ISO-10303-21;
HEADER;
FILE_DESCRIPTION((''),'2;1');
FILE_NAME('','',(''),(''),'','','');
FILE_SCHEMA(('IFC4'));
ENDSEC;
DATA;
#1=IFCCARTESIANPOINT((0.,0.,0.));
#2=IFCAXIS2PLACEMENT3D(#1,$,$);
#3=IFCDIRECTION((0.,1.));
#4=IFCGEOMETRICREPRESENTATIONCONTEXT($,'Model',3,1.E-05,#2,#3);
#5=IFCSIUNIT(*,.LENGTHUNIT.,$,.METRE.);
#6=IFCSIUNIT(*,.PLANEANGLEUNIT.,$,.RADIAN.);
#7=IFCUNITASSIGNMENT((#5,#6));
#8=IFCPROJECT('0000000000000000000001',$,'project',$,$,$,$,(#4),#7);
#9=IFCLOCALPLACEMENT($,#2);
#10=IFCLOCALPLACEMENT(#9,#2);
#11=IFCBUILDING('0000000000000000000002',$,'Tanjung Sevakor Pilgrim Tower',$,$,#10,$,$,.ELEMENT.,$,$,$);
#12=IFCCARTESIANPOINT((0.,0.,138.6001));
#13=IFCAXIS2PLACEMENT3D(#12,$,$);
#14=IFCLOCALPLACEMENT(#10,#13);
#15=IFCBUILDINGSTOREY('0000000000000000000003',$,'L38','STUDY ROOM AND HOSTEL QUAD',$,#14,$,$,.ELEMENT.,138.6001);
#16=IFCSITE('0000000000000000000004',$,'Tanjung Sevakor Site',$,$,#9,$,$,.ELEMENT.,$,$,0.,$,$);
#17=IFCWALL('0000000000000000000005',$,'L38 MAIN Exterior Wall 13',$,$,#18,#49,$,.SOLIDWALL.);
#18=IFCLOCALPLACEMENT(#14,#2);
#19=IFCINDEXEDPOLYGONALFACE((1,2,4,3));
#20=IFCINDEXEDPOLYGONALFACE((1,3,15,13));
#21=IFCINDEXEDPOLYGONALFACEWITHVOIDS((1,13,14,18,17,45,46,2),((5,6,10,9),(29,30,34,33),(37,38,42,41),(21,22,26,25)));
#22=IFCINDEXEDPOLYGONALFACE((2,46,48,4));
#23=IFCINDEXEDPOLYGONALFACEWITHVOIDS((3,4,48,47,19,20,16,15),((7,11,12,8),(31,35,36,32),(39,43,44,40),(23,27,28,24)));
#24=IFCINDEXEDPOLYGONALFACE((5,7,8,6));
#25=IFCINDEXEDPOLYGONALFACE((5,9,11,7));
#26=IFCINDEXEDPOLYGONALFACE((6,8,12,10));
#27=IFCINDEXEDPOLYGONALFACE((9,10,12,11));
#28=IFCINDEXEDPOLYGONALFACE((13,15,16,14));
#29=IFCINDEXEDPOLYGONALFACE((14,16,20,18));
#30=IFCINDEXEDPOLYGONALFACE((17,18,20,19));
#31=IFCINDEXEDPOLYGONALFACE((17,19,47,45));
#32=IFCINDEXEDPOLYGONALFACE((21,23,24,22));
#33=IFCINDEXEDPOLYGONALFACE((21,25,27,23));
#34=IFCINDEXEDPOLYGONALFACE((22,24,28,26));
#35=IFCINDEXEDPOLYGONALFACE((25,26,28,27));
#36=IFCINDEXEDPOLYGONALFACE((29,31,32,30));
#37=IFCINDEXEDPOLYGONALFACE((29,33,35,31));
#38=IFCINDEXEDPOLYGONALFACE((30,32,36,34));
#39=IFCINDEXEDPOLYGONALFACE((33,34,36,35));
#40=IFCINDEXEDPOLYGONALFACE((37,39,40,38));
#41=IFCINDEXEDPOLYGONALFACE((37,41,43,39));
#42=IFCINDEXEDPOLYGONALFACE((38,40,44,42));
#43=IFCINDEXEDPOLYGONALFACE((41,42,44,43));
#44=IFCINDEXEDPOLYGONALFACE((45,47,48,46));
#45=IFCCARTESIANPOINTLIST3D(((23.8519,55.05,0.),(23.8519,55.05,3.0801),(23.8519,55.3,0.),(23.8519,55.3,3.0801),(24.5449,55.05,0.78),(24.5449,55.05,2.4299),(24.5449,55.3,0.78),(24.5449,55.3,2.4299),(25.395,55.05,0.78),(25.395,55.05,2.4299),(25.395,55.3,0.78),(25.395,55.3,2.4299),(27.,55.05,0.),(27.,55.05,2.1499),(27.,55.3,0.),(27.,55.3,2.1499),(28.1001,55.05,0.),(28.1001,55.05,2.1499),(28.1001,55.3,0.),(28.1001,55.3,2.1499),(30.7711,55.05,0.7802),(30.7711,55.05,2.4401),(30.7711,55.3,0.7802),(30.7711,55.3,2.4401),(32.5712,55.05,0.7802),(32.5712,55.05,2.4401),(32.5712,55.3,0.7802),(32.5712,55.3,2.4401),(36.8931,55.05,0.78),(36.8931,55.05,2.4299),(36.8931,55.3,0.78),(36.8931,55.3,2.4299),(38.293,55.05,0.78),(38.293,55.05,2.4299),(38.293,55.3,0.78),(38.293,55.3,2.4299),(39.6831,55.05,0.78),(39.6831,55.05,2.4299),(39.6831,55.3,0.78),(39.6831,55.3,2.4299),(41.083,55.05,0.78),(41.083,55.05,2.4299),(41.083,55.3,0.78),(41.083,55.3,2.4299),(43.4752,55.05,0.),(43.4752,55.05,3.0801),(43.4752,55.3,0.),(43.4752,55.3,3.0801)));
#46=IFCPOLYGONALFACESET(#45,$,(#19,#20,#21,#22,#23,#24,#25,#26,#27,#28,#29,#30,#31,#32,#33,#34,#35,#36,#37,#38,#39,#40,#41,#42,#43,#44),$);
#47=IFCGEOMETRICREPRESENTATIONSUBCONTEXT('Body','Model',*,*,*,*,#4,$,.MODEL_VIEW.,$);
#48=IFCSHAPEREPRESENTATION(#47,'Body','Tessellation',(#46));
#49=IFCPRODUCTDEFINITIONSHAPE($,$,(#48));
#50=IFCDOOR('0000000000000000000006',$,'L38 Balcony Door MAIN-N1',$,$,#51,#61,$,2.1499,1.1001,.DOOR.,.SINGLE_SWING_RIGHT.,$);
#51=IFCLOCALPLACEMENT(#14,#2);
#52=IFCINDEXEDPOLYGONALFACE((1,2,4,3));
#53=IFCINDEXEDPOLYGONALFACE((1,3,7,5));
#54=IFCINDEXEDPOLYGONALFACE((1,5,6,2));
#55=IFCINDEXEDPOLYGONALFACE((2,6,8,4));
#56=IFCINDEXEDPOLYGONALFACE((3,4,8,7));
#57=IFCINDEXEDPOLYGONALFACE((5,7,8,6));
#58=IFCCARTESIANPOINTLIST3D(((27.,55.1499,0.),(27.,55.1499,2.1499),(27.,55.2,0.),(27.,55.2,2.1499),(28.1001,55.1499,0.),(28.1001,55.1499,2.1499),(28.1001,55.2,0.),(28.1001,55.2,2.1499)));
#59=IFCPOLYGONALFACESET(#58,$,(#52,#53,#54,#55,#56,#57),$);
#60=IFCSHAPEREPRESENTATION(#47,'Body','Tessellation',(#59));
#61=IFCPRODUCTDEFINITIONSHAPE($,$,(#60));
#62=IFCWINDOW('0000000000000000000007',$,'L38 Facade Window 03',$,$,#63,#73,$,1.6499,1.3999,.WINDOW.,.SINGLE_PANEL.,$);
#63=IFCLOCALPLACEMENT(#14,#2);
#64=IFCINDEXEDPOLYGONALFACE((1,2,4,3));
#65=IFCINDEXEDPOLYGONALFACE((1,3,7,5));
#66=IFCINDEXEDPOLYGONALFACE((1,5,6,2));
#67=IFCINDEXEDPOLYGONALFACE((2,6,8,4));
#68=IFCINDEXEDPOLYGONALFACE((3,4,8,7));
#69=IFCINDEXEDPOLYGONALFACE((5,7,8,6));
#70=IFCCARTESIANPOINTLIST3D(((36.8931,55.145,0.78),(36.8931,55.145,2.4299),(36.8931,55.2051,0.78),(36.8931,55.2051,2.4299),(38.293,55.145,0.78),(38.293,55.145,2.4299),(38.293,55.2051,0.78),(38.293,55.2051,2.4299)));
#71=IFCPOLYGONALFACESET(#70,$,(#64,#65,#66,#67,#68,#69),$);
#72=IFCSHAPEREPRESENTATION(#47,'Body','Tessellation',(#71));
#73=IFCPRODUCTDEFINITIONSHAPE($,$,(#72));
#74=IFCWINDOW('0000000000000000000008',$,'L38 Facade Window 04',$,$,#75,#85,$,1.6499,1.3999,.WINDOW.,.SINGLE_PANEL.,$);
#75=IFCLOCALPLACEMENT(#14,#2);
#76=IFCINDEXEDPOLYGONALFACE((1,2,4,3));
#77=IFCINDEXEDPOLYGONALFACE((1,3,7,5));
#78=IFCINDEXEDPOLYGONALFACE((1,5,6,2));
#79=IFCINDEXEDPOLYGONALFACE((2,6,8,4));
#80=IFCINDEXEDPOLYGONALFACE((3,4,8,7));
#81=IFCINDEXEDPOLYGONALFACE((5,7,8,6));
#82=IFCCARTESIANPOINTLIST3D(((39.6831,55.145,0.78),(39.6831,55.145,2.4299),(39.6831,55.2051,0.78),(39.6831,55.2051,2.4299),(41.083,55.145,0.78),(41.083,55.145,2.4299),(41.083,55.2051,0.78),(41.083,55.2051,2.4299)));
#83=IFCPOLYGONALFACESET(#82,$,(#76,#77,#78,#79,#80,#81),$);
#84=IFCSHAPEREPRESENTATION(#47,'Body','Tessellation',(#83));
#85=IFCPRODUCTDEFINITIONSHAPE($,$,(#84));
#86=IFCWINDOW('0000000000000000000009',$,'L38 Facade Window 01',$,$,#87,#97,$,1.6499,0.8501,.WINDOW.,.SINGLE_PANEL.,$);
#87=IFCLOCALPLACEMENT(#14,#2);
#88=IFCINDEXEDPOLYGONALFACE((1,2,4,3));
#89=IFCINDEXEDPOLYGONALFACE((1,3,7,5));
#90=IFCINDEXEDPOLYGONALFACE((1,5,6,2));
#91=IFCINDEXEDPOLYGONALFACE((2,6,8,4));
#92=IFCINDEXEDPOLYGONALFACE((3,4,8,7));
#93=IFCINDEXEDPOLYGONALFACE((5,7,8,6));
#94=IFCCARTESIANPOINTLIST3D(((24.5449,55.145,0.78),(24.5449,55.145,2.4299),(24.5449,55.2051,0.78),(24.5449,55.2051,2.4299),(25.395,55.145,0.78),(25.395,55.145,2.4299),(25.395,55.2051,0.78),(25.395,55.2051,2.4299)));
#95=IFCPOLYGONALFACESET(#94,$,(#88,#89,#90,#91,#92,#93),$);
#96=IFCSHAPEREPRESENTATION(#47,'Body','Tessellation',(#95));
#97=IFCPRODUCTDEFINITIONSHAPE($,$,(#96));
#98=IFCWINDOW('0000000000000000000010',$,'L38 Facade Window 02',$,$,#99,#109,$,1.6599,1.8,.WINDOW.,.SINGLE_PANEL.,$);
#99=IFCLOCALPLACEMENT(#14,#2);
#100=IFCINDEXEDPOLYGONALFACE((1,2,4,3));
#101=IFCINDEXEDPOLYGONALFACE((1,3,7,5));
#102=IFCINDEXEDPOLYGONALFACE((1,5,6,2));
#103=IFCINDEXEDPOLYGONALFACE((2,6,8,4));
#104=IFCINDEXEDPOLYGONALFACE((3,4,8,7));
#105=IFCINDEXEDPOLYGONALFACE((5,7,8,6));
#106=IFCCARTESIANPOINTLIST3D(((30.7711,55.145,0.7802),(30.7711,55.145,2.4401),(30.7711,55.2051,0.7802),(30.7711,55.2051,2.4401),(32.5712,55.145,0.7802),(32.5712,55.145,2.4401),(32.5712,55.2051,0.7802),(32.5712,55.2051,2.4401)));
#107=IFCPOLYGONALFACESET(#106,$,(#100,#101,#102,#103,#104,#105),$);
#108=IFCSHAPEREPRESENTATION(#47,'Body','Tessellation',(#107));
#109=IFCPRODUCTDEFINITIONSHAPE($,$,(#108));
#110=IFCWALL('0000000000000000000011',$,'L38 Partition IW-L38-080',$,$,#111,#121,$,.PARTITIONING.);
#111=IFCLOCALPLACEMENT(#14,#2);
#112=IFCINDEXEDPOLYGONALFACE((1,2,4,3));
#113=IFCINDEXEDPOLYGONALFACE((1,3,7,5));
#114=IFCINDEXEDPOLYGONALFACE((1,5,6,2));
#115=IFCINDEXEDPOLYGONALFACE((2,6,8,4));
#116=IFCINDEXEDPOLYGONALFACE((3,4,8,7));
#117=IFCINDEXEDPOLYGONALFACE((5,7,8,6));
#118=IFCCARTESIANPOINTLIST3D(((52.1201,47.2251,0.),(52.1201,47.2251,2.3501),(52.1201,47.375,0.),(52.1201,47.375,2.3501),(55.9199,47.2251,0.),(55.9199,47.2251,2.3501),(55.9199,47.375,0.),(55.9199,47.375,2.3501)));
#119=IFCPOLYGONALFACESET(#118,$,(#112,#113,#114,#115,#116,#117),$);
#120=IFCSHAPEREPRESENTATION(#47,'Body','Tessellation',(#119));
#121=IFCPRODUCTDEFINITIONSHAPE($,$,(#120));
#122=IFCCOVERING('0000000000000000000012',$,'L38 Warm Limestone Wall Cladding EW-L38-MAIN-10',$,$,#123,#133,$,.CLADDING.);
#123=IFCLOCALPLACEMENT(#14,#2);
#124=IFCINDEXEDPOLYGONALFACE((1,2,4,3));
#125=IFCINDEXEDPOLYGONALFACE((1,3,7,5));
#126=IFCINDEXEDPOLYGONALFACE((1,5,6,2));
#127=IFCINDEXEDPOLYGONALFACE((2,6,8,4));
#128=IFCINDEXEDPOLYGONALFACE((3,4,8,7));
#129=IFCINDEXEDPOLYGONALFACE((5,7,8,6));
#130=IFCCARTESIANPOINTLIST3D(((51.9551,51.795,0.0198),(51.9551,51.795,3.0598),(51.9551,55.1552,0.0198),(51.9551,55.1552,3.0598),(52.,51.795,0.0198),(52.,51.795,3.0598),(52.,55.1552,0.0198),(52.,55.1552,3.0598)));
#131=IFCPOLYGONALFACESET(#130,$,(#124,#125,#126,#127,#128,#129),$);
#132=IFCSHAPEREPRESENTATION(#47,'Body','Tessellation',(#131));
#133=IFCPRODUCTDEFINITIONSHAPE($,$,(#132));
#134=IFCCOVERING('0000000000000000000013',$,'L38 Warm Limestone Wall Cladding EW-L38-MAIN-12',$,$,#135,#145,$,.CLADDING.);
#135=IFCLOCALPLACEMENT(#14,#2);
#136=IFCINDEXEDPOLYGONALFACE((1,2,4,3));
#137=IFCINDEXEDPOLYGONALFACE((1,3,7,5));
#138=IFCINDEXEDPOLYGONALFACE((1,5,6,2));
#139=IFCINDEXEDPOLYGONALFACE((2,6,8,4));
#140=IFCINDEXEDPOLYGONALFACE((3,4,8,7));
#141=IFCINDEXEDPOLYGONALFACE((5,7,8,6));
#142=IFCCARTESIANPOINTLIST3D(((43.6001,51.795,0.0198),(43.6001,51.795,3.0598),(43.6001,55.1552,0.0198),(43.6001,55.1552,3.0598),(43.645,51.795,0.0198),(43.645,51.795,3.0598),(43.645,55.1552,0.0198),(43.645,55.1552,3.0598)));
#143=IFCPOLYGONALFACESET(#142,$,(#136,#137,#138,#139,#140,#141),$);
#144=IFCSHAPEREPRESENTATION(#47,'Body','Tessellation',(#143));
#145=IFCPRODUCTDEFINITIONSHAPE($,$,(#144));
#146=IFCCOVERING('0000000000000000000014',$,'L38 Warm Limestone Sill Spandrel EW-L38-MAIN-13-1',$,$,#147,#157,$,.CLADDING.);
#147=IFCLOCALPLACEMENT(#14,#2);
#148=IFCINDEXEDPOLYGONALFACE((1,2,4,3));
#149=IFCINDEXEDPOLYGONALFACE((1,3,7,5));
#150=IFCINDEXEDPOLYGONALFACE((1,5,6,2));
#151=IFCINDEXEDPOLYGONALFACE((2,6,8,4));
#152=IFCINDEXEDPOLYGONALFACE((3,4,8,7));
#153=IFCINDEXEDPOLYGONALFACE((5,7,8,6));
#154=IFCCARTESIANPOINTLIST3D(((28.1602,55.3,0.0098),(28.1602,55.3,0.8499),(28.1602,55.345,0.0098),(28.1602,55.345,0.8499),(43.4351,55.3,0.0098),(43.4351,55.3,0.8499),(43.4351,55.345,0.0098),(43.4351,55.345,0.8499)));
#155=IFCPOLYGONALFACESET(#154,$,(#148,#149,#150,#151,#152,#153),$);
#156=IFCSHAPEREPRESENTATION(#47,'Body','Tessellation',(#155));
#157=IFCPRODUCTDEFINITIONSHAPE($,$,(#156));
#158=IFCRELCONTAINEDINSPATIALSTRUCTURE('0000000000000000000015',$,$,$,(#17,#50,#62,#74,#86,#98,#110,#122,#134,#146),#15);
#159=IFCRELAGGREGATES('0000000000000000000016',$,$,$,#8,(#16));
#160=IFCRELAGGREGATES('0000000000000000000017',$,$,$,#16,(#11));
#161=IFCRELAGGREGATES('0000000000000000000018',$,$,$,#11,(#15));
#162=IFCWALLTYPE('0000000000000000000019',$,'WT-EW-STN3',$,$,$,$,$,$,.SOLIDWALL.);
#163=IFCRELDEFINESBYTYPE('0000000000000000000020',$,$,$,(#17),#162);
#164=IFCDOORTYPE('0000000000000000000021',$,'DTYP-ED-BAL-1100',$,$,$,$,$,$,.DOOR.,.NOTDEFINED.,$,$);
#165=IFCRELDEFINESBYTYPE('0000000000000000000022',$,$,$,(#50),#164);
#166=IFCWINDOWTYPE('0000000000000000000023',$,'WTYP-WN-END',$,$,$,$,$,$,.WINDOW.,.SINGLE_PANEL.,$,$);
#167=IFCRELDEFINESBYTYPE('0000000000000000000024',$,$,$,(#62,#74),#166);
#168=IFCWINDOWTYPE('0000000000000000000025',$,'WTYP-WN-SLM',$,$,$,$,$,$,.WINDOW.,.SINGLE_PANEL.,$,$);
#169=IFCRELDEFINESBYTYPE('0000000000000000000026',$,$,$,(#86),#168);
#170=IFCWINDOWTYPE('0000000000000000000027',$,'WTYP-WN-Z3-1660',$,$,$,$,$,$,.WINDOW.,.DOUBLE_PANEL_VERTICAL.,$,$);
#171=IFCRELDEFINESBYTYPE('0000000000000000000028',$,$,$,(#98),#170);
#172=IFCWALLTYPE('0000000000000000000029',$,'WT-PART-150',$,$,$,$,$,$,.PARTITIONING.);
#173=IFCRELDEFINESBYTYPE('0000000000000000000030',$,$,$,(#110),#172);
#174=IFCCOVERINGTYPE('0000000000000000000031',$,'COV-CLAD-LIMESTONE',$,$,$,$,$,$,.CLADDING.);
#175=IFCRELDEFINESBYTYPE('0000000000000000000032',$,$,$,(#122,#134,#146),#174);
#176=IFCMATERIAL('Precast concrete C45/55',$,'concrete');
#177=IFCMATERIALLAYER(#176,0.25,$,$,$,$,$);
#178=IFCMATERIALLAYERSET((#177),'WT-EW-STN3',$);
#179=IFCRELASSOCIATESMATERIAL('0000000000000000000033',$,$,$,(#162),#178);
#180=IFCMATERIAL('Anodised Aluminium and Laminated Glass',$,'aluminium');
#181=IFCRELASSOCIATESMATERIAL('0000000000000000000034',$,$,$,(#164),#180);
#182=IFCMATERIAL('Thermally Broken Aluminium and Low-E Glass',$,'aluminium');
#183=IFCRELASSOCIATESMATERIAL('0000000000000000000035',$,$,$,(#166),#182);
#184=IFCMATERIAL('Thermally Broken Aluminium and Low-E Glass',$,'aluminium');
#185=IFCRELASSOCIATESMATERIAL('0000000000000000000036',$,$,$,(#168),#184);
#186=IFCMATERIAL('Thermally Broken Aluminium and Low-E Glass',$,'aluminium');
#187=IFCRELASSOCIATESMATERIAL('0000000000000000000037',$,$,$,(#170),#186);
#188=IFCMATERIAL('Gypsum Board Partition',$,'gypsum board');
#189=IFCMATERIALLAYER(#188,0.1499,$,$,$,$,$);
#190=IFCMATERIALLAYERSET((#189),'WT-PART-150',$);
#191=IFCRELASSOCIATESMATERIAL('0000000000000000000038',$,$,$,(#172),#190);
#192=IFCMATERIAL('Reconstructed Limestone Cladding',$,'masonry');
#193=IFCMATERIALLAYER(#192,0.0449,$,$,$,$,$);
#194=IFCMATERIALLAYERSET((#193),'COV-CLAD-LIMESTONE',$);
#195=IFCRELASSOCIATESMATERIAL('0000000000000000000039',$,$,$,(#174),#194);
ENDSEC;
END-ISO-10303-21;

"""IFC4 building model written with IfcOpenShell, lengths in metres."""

from ifc_helpers import new_model, si_unit, direction, frame, frame_2d, origin, origin_2d, place, context, subcontext, project, spatial, rectangle, extrude, material, layer, layer_set, type_object, element, fill, save


model = new_model("IFC4")

# Units and contexts
model_context = context("Model", 3, precision=1e-05, world=origin(), true_north=direction((0.0, 1.0)))
body_context = subcontext(model_context, "Body", "Model", "MODEL_VIEW")
ifc_project = project(units=[si_unit("LENGTHUNIT", "METRE"), si_unit("PLANEANGLEUNIT", "RADIAN")], contexts=[model_context])

# Site, building, storey
site_placement = place(None, origin())
site = spatial("IfcSite", under=ifc_project, at=site_placement, Name="Tanjung Sevakor Site", CompositionType="ELEMENT", RefElevation=0.0)
building_placement = place(site_placement, origin())
building = spatial("IfcBuilding", under=site, at=building_placement, Name="Tanjung Sevakor Pilgrim Tower", CompositionType="ELEMENT")
storey_placement = place(building_placement, frame((0.0, 0.0, 138.6001)))
storey = spatial("IfcBuildingStorey", under=building, at=storey_placement, Name="L38", Description="STUDY ROOM AND HOSTEL QUAD", CompositionType="ELEMENT", Elevation=138.6001)

# Shared definitions
ifc_material_1 = material(Name="Precast concrete C45/55", Category="concrete")
ifc_layer_1 = layer(ifc_material_1, 0.25)
ifc_layer_set_1 = layer_set([ifc_layer_1], Name="WT-EW-STN3")
wall_type_1 = type_object("IfcWallType", Name="WT-EW-STN3", PredefinedType="SOLIDWALL", material=ifc_layer_set_1)

# Wall, openings, door, windows
wall_1_placement = place(storey_placement, frame((43.4751, 55.175, 0.0), z_axis=(0.0, 0.0, 1.0), x_axis=(-1.0, 0.0, 0.0)))
wall_1 = element("IfcWall", 1, at=wall_1_placement, inside=storey, type_object=wall_type_1, Name="L38 MAIN Exterior Wall 13", PredefinedType="SOLIDWALL", context=body_context, shape_type="SweptSolid", body=[
    extrude(rectangle(XDim=19.6233, YDim=0.25, at=frame_2d((9.8115, 0.0))), origin(), (0.0, 0.0, 1.0), 3.0801),
])
opening_1_placement = place(wall_1_placement, frame((15.375, 0.0, 0.0)))
opening_1 = element("IfcOpeningElement", 2, at=opening_1_placement, cuts=wall_1, PredefinedType="OPENING", context=body_context, shape_type="SweptSolid", body=[
    extrude(rectangle(XDim=1.1001, YDim=2.1499, at=frame_2d((0.55, 1.075))), frame((0.0, 0.135, 0.0), z_axis=(0.0, -1.0, 0.0), x_axis=(1.0, 0.0, 0.0)), (0.0, 0.0, 1.0), 0.27),
])
opening_2_placement = place(wall_1_placement, frame((18.0801, 0.0, 0.78)))
opening_2 = element("IfcOpeningElement", 3, at=opening_2_placement, cuts=wall_1, PredefinedType="OPENING", context=body_context, shape_type="SweptSolid", body=[
    extrude(rectangle(XDim=0.8501, YDim=1.6499, at=frame_2d((0.425, 0.825))), frame((0.0, 0.135, 0.0), z_axis=(0.0, -1.0, 0.0), x_axis=(1.0, 0.0, 0.0)), (0.0, 0.0, 1.0), 0.27),
])
opening_3_placement = place(wall_1_placement, frame((10.9041, 0.0, 0.78)))
opening_3 = element("IfcOpeningElement", 4, at=opening_3_placement, cuts=wall_1, PredefinedType="OPENING", context=body_context, shape_type="SweptSolid", body=[
    extrude(rectangle(XDim=1.8, YDim=1.6599, at=frame_2d((0.8999, 0.8301))), frame((0.0, 0.135, 0.0), z_axis=(0.0, -1.0, 0.0), x_axis=(1.0, 0.0, 0.0)), (0.0, 0.0, 1.0), 0.27),
])
opening_4_placement = place(wall_1_placement, frame((5.1821, 0.0, 0.78)))
opening_4 = element("IfcOpeningElement", 5, at=opening_4_placement, cuts=wall_1, PredefinedType="OPENING", context=body_context, shape_type="SweptSolid", body=[
    extrude(rectangle(XDim=1.3999, YDim=1.6499, at=frame_2d((0.7, 0.825))), frame((0.0, 0.135, 0.0), z_axis=(0.0, -1.0, 0.0), x_axis=(1.0, 0.0, 0.0)), (0.0, 0.0, 1.0), 0.27),
])
opening_5_placement = place(wall_1_placement, frame((2.3921, 0.0, 0.78)))
opening_5 = element("IfcOpeningElement", 6, at=opening_5_placement, cuts=wall_1, PredefinedType="OPENING", context=body_context, shape_type="SweptSolid", body=[
    extrude(rectangle(XDim=1.3999, YDim=1.6499, at=frame_2d((0.7, 0.825))), frame((0.0, 0.135, 0.0), z_axis=(0.0, -1.0, 0.0), x_axis=(1.0, 0.0, 0.0)), (0.0, 0.0, 1.0), 0.27),
])
ifc_material_2 = material(Name="Anodised Aluminium and Laminated Glass", Category="aluminium")
door_type_1 = type_object("IfcDoorType", Name="DTYP-ED-BAL-1100", OperationType="NOTDEFINED", PredefinedType="DOOR", material=ifc_material_2)
door_1_placement = place(opening_1_placement, frame((1.1001, 0.0, 0.0), z_axis=(0.0, 0.0, 1.0), x_axis=(-1.0, 0.0, 0.0)))
door_1 = element("IfcDoor", 7, at=door_1_placement, inside=storey, type_object=door_type_1, Name="L38 Balcony Door MAIN-N1", OperationType="SINGLE_SWING_RIGHT", OverallHeight=2.1499, OverallWidth=1.1001, PredefinedType="DOOR", context=body_context, shape_type="SweptSolid", body=[
    extrude(rectangle(XDim=1.1001, YDim=2.1499, at=frame_2d((0.55, 1.075))), frame((0.0, 0.0249, 0.0), z_axis=(0.0, -1.0, 0.0), x_axis=(1.0, 0.0, 0.0)), (0.0, 0.0, 1.0), 0.05),
])
fill(opening_1, door_1)
ifc_material_3 = material(Name="Thermally Broken Aluminium and Low-E Glass", Category="aluminium")
window_type_1 = type_object("IfcWindowType", Name="WTYP-WN-END", PartitioningType="SINGLE_PANEL", PredefinedType="WINDOW", material=ifc_material_3)
window_1_placement = place(opening_4_placement, origin())
window_1 = element("IfcWindow", 8, at=window_1_placement, inside=storey, type_object=window_type_1, Name="L38 Facade Window 03", OverallHeight=1.6499, OverallWidth=1.3999, PartitioningType="SINGLE_PANEL", PredefinedType="WINDOW", context=body_context, shape_type="SweptSolid", body=[
    extrude(rectangle(XDim=1.3999, YDim=1.6499, at=frame_2d((0.7, 0.825))), frame((0.0, 0.03, 0.0), z_axis=(0.0, -1.0, 0.0), x_axis=(1.0, 0.0, 0.0)), (0.0, 0.0, 1.0), 0.0601),
])
fill(opening_4, window_1)
window_2_placement = place(opening_5_placement, origin())
window_2 = element("IfcWindow", 9, at=window_2_placement, inside=storey, type_object=window_type_1, Name="L38 Facade Window 04", OverallHeight=1.6499, OverallWidth=1.3999, PartitioningType="SINGLE_PANEL", PredefinedType="WINDOW", context=body_context, shape_type="SweptSolid", body=[
    extrude(rectangle(XDim=1.3999, YDim=1.6499, at=frame_2d((0.7, 0.825))), frame((0.0, 0.03, 0.0), z_axis=(0.0, -1.0, 0.0), x_axis=(1.0, 0.0, 0.0)), (0.0, 0.0, 1.0), 0.0601),
])
fill(opening_5, window_2)
ifc_material_4 = material(Name="Thermally Broken Aluminium and Low-E Glass", Category="aluminium")
window_type_2 = type_object("IfcWindowType", Name="WTYP-WN-SLM", PartitioningType="SINGLE_PANEL", PredefinedType="WINDOW", material=ifc_material_4)
window_3_placement = place(opening_2_placement, origin())
window_3 = element("IfcWindow", 10, at=window_3_placement, inside=storey, type_object=window_type_2, Name="L38 Facade Window 01", OverallHeight=1.6499, OverallWidth=0.8501, PartitioningType="SINGLE_PANEL", PredefinedType="WINDOW", context=body_context, shape_type="SweptSolid", body=[
    extrude(rectangle(XDim=0.8501, YDim=1.6499, at=frame_2d((0.425, 0.825))), frame((0.0, 0.03, 0.0), z_axis=(0.0, -1.0, 0.0), x_axis=(1.0, 0.0, 0.0)), (0.0, 0.0, 1.0), 0.0601),
])
fill(opening_2, window_3)
ifc_material_5 = material(Name="Thermally Broken Aluminium and Low-E Glass", Category="aluminium")
window_type_3 = type_object("IfcWindowType", Name="WTYP-WN-Z3-1660", PartitioningType="DOUBLE_PANEL_VERTICAL", PredefinedType="WINDOW", material=ifc_material_5)
window_4_placement = place(opening_3_placement, origin())
window_4 = element("IfcWindow", 11, at=window_4_placement, inside=storey, type_object=window_type_3, Name="L38 Facade Window 02", OverallHeight=1.6599, OverallWidth=1.8, PartitioningType="SINGLE_PANEL", PredefinedType="WINDOW", context=body_context, shape_type="SweptSolid", body=[
    extrude(rectangle(XDim=1.8, YDim=1.6599, at=frame_2d((0.8999, 0.8301))), frame((0.0, 0.03, 0.0), z_axis=(0.0, -1.0, 0.0), x_axis=(1.0, 0.0, 0.0)), (0.0, 0.0, 1.0), 0.0601),
])
fill(opening_3, window_4)

# Wall
ifc_material_6 = material(Name="Gypsum Board Partition", Category="gypsum board")
ifc_layer_2 = layer(ifc_material_6, 0.1499)
ifc_layer_set_2 = layer_set([ifc_layer_2], Name="WT-PART-150")
wall_type_2 = type_object("IfcWallType", Name="WT-PART-150", PredefinedType="PARTITIONING", material=ifc_layer_set_2)
wall_2_placement = place(storey_placement, frame((52.1201, 47.3, 0.0), z_axis=(0.0, 0.0, 1.0), x_axis=(1.0, 0.0, 0.0)))
element("IfcWall", 12, at=wall_2_placement, inside=storey, type_object=wall_type_2, Name="L38 Partition IW-L38-080", PredefinedType="PARTITIONING", context=body_context, shape_type="SweptSolid", body=[
    extrude(rectangle(XDim=3.7998, YDim=0.1499, at=frame_2d((1.8999, 0.0))), origin(), (0.0, 0.0, 1.0), 2.3501),
])

# Coverings
ifc_material_7 = material(Name="Reconstructed Limestone Cladding", Category="masonry")
ifc_layer_3 = layer(ifc_material_7, 0.0449)
ifc_layer_set_3 = layer_set([ifc_layer_3], Name="COV-CLAD-LIMESTONE")
covering_type = type_object("IfcCoveringType", Name="COV-CLAD-LIMESTONE", PredefinedType="CLADDING", material=ifc_layer_set_3)
for number, where, z_axis, x_axis, name in (
    (13, (51.9775, 53.4751, 0.0198), (0.0, 0.0, 1.0), (0.0, -1.0, 0.0), "L38 Warm Limestone Wall Cladding EW-L38-MAIN-10"),
    (14, (43.6226, 53.4751, 0.0198), (0.0, 0.0, 1.0), (0.0, 1.0, 0.0), "L38 Warm Limestone Wall Cladding EW-L38-MAIN-12"),
):
    element("IfcCovering", number, at=place(storey_placement, frame(where, z_axis=z_axis, x_axis=x_axis)), inside=storey, type_object=covering_type, Name=name, PredefinedType="CLADDING", context=body_context, shape_type="SweptSolid", body=[
        extrude(rectangle(XDim=3.3601, YDim=0.0449, at=origin_2d()), origin(), (0.0, 0.0, 1.0), 3.04),
    ])
covering_placement = place(storey_placement, frame((35.7976, 55.3225, 0.0098), z_axis=(0.0, 0.0, 1.0), x_axis=(-1.0, 0.0, 0.0)))
element("IfcCovering", 15, at=covering_placement, inside=storey, type_object=covering_type, Name="L38 Warm Limestone Sill Spandrel EW-L38-MAIN-13-1", PredefinedType="CLADDING", context=body_context, shape_type="SweptSolid", body=[
    extrude(rectangle(XDim=15.2749, YDim=0.0449, at=origin_2d()), origin(), (0.0, 0.0, 1.0), 0.8401),
])

save(model, "model.ifc")
